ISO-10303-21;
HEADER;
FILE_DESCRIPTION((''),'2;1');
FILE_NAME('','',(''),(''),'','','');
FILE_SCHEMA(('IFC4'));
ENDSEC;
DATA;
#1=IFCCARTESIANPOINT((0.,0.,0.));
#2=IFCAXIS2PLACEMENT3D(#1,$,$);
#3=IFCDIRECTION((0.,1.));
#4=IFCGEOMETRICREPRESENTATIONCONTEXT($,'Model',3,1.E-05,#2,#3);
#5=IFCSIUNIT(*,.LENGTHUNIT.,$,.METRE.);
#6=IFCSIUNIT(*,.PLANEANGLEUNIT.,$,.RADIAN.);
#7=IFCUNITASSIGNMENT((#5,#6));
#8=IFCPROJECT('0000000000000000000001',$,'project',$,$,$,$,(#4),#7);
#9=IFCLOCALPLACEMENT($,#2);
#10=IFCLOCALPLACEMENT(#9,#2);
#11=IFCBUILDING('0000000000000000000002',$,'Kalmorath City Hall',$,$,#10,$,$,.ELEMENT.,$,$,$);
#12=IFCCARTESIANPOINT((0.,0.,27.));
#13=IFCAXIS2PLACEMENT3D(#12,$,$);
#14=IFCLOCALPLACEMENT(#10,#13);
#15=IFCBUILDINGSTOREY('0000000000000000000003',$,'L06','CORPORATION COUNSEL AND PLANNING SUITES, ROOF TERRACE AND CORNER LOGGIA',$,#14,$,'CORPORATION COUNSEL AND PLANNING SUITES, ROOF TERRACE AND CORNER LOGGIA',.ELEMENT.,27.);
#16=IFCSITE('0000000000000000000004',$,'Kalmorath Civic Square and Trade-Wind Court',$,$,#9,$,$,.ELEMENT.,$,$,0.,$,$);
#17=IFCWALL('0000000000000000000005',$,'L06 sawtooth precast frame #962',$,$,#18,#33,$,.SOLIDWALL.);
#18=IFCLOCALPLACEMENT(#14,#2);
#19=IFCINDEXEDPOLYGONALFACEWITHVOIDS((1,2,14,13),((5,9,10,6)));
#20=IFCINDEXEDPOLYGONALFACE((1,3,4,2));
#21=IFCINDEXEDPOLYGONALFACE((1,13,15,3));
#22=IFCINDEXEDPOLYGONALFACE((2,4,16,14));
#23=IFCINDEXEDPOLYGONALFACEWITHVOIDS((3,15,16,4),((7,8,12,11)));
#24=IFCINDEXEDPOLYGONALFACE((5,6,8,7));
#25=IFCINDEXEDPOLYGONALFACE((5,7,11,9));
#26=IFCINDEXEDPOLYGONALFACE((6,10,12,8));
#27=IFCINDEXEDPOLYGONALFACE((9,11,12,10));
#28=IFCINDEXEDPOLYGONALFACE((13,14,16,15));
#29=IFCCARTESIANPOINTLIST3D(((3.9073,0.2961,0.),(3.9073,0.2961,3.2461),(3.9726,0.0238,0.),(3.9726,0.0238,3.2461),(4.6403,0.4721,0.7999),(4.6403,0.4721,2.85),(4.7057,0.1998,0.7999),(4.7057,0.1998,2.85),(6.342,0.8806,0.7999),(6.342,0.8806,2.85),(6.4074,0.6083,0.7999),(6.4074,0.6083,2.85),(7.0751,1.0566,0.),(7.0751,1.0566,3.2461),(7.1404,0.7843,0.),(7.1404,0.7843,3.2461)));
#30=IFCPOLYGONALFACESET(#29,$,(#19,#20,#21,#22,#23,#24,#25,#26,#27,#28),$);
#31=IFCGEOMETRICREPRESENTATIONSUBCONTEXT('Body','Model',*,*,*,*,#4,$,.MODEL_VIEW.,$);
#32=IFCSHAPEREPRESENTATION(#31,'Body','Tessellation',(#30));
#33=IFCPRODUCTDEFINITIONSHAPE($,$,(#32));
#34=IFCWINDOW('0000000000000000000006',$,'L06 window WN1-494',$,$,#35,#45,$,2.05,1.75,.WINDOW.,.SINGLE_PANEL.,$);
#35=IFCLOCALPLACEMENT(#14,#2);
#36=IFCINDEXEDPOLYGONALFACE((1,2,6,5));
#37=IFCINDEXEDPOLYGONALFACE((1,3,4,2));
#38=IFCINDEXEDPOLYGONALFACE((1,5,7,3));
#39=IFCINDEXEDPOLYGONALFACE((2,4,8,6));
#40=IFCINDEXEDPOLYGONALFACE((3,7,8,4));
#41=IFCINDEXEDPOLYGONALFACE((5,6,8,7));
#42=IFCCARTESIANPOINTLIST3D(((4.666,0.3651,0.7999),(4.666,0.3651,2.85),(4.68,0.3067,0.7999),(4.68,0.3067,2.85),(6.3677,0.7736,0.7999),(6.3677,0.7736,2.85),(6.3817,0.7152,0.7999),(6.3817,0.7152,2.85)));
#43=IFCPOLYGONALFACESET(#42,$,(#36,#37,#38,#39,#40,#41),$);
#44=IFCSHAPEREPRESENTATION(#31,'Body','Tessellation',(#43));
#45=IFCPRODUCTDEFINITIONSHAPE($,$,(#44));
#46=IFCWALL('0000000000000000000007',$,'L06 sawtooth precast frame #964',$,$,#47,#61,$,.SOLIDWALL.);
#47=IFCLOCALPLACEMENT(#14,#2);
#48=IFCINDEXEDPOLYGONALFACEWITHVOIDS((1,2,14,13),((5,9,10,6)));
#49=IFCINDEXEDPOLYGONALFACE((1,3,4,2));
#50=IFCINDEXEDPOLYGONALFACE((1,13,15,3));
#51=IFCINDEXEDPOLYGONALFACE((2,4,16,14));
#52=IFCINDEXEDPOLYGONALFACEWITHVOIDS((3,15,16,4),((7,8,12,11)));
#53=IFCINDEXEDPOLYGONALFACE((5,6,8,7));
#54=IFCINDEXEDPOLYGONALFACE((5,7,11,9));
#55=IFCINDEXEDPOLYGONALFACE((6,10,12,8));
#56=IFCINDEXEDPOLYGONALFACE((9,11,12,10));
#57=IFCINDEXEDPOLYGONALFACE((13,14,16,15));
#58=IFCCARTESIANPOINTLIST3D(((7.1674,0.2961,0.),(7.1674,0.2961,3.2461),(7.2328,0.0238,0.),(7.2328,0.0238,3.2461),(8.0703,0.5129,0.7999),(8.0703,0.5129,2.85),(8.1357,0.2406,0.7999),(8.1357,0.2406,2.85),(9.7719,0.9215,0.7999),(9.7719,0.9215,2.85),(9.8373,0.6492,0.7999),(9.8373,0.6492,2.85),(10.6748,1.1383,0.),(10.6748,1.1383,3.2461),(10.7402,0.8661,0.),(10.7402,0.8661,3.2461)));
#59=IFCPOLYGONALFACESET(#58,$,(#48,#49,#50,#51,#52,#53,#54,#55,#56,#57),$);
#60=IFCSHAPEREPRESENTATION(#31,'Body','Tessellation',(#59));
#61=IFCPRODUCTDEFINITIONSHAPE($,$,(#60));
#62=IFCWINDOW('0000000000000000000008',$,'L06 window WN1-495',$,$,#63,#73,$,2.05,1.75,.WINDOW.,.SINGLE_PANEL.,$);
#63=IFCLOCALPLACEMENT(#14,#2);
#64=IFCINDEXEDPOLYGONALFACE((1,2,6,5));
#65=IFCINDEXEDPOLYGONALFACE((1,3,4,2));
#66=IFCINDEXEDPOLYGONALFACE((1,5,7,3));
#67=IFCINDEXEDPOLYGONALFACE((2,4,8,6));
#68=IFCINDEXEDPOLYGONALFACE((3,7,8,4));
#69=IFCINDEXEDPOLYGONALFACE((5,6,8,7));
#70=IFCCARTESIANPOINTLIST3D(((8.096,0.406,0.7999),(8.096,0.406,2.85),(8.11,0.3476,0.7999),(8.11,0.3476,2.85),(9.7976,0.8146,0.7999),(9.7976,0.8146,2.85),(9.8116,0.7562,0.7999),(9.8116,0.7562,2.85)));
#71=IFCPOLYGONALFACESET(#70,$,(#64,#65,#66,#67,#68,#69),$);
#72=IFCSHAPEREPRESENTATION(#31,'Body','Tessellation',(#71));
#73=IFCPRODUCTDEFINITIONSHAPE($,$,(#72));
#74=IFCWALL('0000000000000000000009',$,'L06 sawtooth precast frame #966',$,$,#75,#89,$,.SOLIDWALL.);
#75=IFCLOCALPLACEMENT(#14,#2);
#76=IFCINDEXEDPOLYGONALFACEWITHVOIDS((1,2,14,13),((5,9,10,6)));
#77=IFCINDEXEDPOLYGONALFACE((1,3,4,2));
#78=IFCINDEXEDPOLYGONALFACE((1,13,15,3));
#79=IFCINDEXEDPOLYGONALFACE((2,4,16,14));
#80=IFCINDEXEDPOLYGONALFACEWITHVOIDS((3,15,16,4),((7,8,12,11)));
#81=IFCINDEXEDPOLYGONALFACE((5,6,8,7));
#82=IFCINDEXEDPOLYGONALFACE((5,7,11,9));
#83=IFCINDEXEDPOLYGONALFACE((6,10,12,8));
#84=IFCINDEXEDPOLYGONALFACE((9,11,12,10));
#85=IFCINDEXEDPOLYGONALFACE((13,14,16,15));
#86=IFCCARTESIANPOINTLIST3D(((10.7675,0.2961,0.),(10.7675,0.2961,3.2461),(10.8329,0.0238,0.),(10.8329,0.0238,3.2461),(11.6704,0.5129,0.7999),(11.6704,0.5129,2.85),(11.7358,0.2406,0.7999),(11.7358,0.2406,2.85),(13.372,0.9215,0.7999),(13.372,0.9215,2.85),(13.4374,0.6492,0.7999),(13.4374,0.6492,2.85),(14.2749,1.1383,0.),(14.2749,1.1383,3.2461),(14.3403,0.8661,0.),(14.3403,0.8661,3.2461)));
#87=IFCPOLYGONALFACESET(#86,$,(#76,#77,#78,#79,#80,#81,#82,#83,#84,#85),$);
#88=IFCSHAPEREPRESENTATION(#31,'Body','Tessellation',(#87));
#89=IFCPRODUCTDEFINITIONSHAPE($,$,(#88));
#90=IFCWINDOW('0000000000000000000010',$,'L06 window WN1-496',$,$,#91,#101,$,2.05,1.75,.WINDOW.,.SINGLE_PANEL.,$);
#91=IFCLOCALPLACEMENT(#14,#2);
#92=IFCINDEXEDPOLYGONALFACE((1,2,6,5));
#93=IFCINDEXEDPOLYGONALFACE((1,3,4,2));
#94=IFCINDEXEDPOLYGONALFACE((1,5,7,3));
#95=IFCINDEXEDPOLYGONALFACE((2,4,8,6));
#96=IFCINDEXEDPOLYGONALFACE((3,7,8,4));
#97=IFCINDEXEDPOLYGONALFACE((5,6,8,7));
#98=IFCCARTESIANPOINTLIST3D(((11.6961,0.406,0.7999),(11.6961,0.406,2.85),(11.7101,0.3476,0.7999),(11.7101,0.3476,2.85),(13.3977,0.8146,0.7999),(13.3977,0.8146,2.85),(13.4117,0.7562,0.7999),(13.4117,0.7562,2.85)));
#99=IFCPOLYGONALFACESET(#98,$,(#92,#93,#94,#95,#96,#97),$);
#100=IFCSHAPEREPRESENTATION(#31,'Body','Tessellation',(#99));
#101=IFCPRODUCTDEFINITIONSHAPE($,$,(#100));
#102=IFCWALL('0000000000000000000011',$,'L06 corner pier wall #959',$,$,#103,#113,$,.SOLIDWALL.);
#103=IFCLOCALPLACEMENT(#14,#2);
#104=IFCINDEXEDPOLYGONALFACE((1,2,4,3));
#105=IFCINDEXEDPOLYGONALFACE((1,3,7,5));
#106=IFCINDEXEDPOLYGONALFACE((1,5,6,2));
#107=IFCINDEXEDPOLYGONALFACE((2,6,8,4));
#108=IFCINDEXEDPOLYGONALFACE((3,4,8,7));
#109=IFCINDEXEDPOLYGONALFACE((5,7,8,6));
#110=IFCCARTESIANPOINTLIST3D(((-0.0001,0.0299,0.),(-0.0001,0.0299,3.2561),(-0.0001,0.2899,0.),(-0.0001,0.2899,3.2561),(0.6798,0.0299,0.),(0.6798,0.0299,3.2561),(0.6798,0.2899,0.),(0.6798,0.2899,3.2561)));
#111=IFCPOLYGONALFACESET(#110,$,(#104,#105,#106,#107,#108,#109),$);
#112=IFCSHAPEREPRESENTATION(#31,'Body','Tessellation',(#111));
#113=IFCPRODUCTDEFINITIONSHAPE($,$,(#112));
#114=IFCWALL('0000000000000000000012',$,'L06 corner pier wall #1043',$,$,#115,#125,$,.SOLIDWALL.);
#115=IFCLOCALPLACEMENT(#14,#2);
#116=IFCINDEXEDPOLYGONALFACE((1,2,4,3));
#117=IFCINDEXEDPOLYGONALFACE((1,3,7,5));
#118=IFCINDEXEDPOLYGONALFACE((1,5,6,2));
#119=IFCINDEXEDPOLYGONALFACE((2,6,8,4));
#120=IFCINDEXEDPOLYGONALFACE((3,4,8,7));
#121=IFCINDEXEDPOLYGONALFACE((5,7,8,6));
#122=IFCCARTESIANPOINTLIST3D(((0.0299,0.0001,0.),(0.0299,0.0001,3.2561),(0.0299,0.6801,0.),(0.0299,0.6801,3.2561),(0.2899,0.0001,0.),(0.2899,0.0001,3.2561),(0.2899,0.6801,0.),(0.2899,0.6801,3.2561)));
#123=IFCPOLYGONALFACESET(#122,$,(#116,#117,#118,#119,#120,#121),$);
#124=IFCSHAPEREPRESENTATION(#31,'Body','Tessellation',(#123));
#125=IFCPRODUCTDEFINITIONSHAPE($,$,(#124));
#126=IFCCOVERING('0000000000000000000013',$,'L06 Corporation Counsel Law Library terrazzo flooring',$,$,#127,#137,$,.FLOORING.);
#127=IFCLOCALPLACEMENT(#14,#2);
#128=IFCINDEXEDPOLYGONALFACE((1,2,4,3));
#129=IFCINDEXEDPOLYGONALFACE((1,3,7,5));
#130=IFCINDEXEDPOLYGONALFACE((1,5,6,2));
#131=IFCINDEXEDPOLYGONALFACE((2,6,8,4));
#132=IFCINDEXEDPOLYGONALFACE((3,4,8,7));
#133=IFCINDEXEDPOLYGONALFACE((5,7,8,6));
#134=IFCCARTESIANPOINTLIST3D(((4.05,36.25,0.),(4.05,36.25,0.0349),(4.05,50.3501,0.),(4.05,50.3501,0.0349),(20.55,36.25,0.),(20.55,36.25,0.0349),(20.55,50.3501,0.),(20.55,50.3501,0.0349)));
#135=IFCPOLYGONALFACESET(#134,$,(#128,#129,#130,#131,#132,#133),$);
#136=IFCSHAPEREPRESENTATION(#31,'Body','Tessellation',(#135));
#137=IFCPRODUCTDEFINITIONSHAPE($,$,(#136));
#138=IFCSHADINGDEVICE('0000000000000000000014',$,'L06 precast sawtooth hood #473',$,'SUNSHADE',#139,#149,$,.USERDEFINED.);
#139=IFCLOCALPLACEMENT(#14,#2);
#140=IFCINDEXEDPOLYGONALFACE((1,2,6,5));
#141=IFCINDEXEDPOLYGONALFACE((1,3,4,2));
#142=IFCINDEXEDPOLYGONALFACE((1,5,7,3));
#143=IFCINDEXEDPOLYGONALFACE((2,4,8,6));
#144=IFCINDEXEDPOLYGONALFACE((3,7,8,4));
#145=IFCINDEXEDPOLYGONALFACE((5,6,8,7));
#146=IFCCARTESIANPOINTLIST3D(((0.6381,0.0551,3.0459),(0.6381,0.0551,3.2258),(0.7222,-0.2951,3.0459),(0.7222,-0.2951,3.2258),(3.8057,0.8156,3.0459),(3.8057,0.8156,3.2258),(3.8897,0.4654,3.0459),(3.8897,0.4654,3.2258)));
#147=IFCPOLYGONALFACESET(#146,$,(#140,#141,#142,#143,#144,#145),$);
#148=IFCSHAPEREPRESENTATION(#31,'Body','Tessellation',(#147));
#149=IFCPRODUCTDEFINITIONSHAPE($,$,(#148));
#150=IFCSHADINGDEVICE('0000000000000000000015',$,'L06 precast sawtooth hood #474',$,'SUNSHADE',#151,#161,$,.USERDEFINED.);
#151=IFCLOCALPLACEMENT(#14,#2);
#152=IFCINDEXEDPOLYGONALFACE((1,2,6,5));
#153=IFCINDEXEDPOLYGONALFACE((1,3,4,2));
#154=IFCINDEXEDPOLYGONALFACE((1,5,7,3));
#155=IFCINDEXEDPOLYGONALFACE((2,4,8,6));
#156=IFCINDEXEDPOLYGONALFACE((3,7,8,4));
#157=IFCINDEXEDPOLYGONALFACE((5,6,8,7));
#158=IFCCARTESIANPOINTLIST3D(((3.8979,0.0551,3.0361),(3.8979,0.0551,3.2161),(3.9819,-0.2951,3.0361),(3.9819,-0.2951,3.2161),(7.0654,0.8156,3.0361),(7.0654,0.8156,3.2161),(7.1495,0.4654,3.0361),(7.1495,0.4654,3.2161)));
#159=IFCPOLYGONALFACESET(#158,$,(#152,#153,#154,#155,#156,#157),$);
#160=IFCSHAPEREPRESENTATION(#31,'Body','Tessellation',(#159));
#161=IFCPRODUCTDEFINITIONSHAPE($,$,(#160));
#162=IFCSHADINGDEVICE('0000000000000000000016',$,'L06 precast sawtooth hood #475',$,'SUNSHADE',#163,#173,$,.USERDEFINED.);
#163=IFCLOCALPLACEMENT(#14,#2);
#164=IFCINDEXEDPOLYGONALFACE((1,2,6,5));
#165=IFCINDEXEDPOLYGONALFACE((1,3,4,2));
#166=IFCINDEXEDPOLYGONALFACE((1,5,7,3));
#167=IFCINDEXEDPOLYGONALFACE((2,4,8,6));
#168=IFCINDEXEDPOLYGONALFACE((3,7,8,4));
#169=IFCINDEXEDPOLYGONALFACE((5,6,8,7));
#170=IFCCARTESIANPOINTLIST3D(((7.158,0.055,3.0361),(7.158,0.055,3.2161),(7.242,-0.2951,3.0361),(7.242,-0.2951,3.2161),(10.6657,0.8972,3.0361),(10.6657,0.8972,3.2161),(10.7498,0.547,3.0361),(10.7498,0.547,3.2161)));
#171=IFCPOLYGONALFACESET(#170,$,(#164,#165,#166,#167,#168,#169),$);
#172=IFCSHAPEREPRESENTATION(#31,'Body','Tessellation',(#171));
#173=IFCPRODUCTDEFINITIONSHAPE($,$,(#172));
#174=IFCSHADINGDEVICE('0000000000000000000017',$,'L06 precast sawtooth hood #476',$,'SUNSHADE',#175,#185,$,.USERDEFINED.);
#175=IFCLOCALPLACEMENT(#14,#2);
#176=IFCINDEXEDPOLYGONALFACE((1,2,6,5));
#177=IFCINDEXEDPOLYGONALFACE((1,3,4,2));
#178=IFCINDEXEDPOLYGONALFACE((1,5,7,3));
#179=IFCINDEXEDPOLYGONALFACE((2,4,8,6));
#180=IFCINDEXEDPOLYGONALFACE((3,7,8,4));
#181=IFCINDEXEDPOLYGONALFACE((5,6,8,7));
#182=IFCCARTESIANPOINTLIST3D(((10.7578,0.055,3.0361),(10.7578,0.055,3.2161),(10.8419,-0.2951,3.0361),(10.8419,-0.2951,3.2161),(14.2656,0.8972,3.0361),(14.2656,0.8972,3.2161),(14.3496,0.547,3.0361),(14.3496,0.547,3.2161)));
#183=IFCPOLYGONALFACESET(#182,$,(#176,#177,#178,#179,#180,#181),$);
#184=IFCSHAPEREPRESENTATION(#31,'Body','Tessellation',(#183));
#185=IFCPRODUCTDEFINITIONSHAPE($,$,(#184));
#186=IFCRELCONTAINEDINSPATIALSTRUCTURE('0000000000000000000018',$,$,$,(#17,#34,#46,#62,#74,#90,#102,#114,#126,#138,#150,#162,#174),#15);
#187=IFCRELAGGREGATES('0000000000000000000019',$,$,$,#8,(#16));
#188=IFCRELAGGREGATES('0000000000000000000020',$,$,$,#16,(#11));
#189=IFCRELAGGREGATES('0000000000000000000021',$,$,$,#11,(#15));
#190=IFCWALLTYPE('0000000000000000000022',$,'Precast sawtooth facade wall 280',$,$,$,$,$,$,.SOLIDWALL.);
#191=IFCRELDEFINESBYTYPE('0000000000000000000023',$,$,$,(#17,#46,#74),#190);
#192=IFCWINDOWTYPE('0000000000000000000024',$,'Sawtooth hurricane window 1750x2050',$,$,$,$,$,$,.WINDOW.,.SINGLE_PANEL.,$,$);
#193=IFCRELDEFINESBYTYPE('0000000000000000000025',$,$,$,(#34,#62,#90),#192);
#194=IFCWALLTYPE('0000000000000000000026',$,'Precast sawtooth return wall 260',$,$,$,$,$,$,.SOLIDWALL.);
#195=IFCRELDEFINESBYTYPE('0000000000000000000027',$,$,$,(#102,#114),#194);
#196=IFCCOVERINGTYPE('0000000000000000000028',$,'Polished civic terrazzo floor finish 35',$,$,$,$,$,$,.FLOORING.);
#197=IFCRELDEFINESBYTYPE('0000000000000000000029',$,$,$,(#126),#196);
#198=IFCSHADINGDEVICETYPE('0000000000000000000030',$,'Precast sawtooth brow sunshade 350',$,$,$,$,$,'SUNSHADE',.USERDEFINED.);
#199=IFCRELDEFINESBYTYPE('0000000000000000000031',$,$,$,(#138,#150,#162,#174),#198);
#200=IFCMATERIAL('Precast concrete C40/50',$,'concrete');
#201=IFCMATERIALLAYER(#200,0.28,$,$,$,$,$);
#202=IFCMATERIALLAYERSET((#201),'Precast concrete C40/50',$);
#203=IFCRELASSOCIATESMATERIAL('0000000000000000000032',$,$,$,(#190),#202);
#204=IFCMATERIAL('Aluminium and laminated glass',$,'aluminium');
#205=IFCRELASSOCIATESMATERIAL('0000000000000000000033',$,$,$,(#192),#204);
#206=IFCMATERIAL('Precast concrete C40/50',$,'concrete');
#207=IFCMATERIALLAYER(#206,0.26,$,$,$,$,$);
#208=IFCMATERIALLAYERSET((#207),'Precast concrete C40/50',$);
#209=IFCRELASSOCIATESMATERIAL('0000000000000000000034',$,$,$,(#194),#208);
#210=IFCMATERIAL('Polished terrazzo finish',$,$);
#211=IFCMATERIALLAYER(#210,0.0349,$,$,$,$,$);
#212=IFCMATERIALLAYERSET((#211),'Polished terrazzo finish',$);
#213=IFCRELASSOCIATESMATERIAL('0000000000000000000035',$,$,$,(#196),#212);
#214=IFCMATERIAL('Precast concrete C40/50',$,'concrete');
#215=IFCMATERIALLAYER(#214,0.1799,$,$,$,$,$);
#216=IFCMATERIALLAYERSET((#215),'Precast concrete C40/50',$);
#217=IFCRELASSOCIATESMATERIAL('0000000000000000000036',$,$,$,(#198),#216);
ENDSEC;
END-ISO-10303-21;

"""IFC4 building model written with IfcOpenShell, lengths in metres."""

from ifc_helpers import new_model, si_unit, direction, frame, frame_2d, origin, origin_2d, place, context, subcontext, project, spatial, polyline, rectangle, outline, extrude, material, layer, layer_set, type_object, element, fill, save


model = new_model("IFC4")

# Units and contexts
model_context = context("Model", 3, precision=1e-05, world=origin(), true_north=direction((0.0, 1.0)))
body_context = subcontext(model_context, "Body", "Model", "MODEL_VIEW")
ifc_project = project(units=[si_unit("LENGTHUNIT", "METRE"), si_unit("PLANEANGLEUNIT", "RADIAN")], contexts=[model_context])

# Site, building, storey
site_placement = place(None, origin())
site = spatial("IfcSite", under=ifc_project, at=site_placement, Name="Kalmorath Civic Square and Trade-Wind Court", CompositionType="ELEMENT", RefElevation=0.0)
building_placement = place(site_placement, origin())
building = spatial("IfcBuilding", under=site, at=building_placement, Name="Kalmorath City Hall", CompositionType="ELEMENT")
storey_placement = place(building_placement, frame((0.0, 0.0, 27.0)))
storey = spatial("IfcBuildingStorey", under=building, at=storey_placement, Name="L06", Description="CORPORATION COUNSEL AND PLANNING SUITES, ROOF TERRACE AND CORNER LOGGIA", LongName="CORPORATION COUNSEL AND PLANNING SUITES, ROOF TERRACE AND CORNER LOGGIA", CompositionType="ELEMENT", Elevation=27.0)

# Walls, openings, windows
ifc_material_1 = material(Name="Precast concrete C40/50", Category="concrete")
ifc_layer_1 = layer(ifc_material_1, 0.28)
ifc_layer_set_1 = layer_set([ifc_layer_1], Name="Precast concrete C40/50")
wall_type_1 = type_object("IfcWallType", Name="Precast sawtooth facade wall 280", PredefinedType="SOLIDWALL", material=ifc_layer_set_1)
ifc_material_2 = material(Name="Aluminium and laminated glass", Category="aluminium")
window_type = type_object("IfcWindowType", Name="Sawtooth hurricane window 1750x2050", PartitioningType="SINGLE_PANEL", PredefinedType="WINDOW", material=ifc_material_2)
wall_1_placement = place(storey_placement, frame((3.9399, 0.1599, 0.0), z_axis=(0.0, 0.0, 1.0), x_axis=(0.97237, 0.233444, 0.0)))
wall_1 = element("IfcWall", 1, at=wall_1_placement, inside=storey, type_object=wall_type_1, Name="L06 sawtooth precast frame #962", PredefinedType="SOLIDWALL", context=body_context, shape_type="SweptSolid", body=[
    extrude(rectangle(XDim=3.2578, YDim=0.28, at=frame_2d((1.6289, 0.0))), origin(), (0.0, 0.0, 1.0), 3.2461),
])
opening_1_placement = place(wall_1_placement, frame((0.7539, 0.0, 0.8)))
opening_1 = element("IfcOpeningElement", 2, at=opening_1_placement, cuts=wall_1, PredefinedType="OPENING", context=body_context, shape_type="SweptSolid", body=[
    extrude(rectangle(XDim=1.75, YDim=2.05, at=frame_2d((0.875, 1.0249))), frame((0.0, 0.1499, 0.0), z_axis=(0.0, -1.0, 0.0), x_axis=(1.0, 0.0, 0.0)), (0.0, 0.0, 1.0), 0.3),
])
window_1_placement = place(opening_1_placement, origin())
window_1 = element("IfcWindow", 3, at=window_1_placement, inside=storey, type_object=window_type, Name="L06 window WN1-494", OverallHeight=2.05, OverallWidth=1.75, PartitioningType="SINGLE_PANEL", PredefinedType="WINDOW", context=body_context, shape_type="SweptSolid", body=[
    extrude(rectangle(XDim=1.75, YDim=2.05, at=frame_2d((0.875, 1.0249))), frame((0.0, 0.03, 0.0), z_axis=(0.0, -1.0, 0.0), x_axis=(1.0, 0.0, 0.0)), (0.0, 0.0, 1.0), 0.0601),
])
fill(opening_1, window_1)
wall_2_placement = place(storey_placement, frame((7.2, 0.1599, 0.0), z_axis=(0.0, 0.0, 1.0), x_axis=(0.972358, 0.233496, 0.0)))
wall_2 = element("IfcWall", 4, at=wall_2_placement, inside=storey, type_object=wall_type_1, Name="L06 sawtooth precast frame #964", PredefinedType="SOLIDWALL", context=body_context, shape_type="SweptSolid", body=[
    extrude(rectangle(XDim=3.6072, YDim=0.28, at=frame_2d((1.8037, 0.0))), origin(), (0.0, 0.0, 1.0), 3.2461),
])
opening_2_placement = place(wall_2_placement, frame((0.9287, 0.0, 0.8)))
opening_2 = element("IfcOpeningElement", 5, at=opening_2_placement, cuts=wall_2, PredefinedType="OPENING", context=body_context, shape_type="SweptSolid", body=[
    extrude(rectangle(XDim=1.75, YDim=2.05, at=frame_2d((0.875, 1.0249))), frame((0.0, 0.1499, 0.0), z_axis=(0.0, -1.0, 0.0), x_axis=(1.0, 0.0, 0.0)), (0.0, 0.0, 1.0), 0.3),
])
window_2_placement = place(opening_2_placement, origin())
window_2 = element("IfcWindow", 6, at=window_2_placement, inside=storey, type_object=window_type, Name="L06 window WN1-495", OverallHeight=2.05, OverallWidth=1.75, PartitioningType="SINGLE_PANEL", PredefinedType="WINDOW", context=body_context, shape_type="SweptSolid", body=[
    extrude(rectangle(XDim=1.75, YDim=2.05, at=frame_2d((0.875, 1.0249))), frame((0.0, 0.03, 0.0), z_axis=(0.0, -1.0, 0.0), x_axis=(1.0, 0.0, 0.0)), (0.0, 0.0, 1.0), 0.0601),
])
fill(opening_2, window_2)
wall_3_placement = place(storey_placement, frame((10.8, 0.1599, 0.0), z_axis=(0.0, 0.0, 1.0), x_axis=(0.972358, 0.233496, 0.0)))
wall_3 = element("IfcWall", 7, at=wall_3_placement, inside=storey, type_object=wall_type_1, Name="L06 sawtooth precast frame #966", PredefinedType="SOLIDWALL", context=body_context, shape_type="SweptSolid", body=[
    extrude(rectangle(XDim=3.6072, YDim=0.28, at=frame_2d((1.8037, 0.0))), origin(), (0.0, 0.0, 1.0), 3.2461),
])
opening_3_placement = place(wall_3_placement, frame((0.9287, 0.0, 0.8)))
opening_3 = element("IfcOpeningElement", 8, at=opening_3_placement, cuts=wall_3, PredefinedType="OPENING", context=body_context, shape_type="SweptSolid", body=[
    extrude(rectangle(XDim=1.75, YDim=2.05, at=frame_2d((0.875, 1.0249))), frame((0.0, 0.1499, 0.0), z_axis=(0.0, -1.0, 0.0), x_axis=(1.0, 0.0, 0.0)), (0.0, 0.0, 1.0), 0.3),
])
window_3_placement = place(opening_3_placement, origin())
window_3 = element("IfcWindow", 9, at=window_3_placement, inside=storey, type_object=window_type, Name="L06 window WN1-496", OverallHeight=2.05, OverallWidth=1.75, PartitioningType="SINGLE_PANEL", PredefinedType="WINDOW", context=body_context, shape_type="SweptSolid", body=[
    extrude(rectangle(XDim=1.75, YDim=2.05, at=frame_2d((0.875, 1.0249))), frame((0.0, 0.03, 0.0), z_axis=(0.0, -1.0, 0.0), x_axis=(1.0, 0.0, 0.0)), (0.0, 0.0, 1.0), 0.0601),
])
fill(opening_3, window_3)

# Walls
ifc_material_3 = material(Name="Precast concrete C40/50", Category="concrete")
ifc_layer_2 = layer(ifc_material_3, 0.26)
ifc_layer_set_2 = layer_set([ifc_layer_2], Name="Precast concrete C40/50")
wall_type_2 = type_object("IfcWallType", Name="Precast sawtooth return wall 260", PredefinedType="SOLIDWALL", material=ifc_layer_set_2)
for number, where, z_axis, x_axis, name in (
    (10, (0.0, 0.1599, 0.0), (0.0, 0.0, 1.0), (1.0, 0.0, 0.0), "L06 corner pier wall #959"),
    (11, (0.1599, 0.6799, 0.0), (0.0, 0.0, 1.0), (0.0, -1.0, 0.0), "L06 corner pier wall #1043"),
):
    element("IfcWall", number, at=place(storey_placement, frame(where, z_axis=z_axis, x_axis=x_axis)), inside=storey, type_object=wall_type_2, Name=name, PredefinedType="SOLIDWALL", context=body_context, shape_type="SweptSolid", body=[
        extrude(rectangle(XDim=0.6799, YDim=0.26, at=frame_2d((0.3398, 0.0))), origin(), (0.0, 0.0, 1.0), 3.2561),
    ])

# Covering
ifc_material_4 = material(Name="Polished terrazzo finish")
ifc_layer_3 = layer(ifc_material_4, 0.0349)
ifc_layer_set_3 = layer_set([ifc_layer_3], Name="Polished terrazzo finish")
covering_type = type_object("IfcCoveringType", Name="Polished civic terrazzo floor finish 35", PredefinedType="FLOORING", material=ifc_layer_set_3)
covering_placement = place(storey_placement, origin())
element("IfcCovering", 12, at=covering_placement, inside=storey, type_object=covering_type, Name="L06 Corporation Counsel Law Library terrazzo flooring", PredefinedType="FLOORING", context=body_context, shape_type="SweptSolid", body=[
    extrude(outline(polyline([(20.55, 50.3501), (20.55, 36.25), (4.05, 36.25), (4.05, 50.3501), (20.55, 50.3501)])), origin(), (0.0, 0.0, 1.0), 0.0349),
])

# Shading devices
ifc_material_5 = material(Name="Precast concrete C40/50", Category="concrete")
ifc_layer_4 = layer(ifc_material_5, 0.1799)
ifc_layer_set_4 = layer_set([ifc_layer_4], Name="Precast concrete C40/50")
shading_device_type = type_object("IfcShadingDeviceType", Name="Precast sawtooth brow sunshade 350", ElementType="SUNSHADE", PredefinedType="USERDEFINED", material=ifc_layer_set_4)
for number, where, z_axis, x_axis, name in (
    (13, (2.2639, 0.2603, 3.0459), (0.0, 0.0, 1.0), (0.972366, 0.233462, 0.0), "L06 precast sawtooth hood #473"),
    (14, (5.5237, 0.2603, 3.0361), (0.0, 0.0, 1.0), (0.972366, 0.233462, 0.0), "L06 precast sawtooth hood #474"),
):
    element("IfcShadingDevice", number, at=place(storey_placement, frame(where, z_axis=z_axis, x_axis=x_axis)), inside=storey, type_object=shading_device_type, Name=name, ObjectType="SUNSHADE", PredefinedType="USERDEFINED", context=body_context, shape_type="SweptSolid", body=[
        extrude(rectangle(XDim=3.2576, YDim=0.3601, at=origin_2d()), origin(), (0.0, 0.0, 1.0), 0.1799),
    ])
for number, where, z_axis, x_axis, name in (
    (15, (8.9539, 0.301, 3.0361), (0.0, 0.0, 1.0), (0.97237, 0.233445, 0.0), "L06 precast sawtooth hood #475"),
    (16, (12.5537, 0.301, 3.0361), (0.0, 0.0, 1.0), (0.97237, 0.233445, 0.0), "L06 precast sawtooth hood #476"),
):
    element("IfcShadingDevice", number, at=place(storey_placement, frame(where, z_axis=z_axis, x_axis=x_axis)), inside=storey, type_object=shading_device_type, Name=name, ObjectType="SUNSHADE", PredefinedType="USERDEFINED", context=body_context, shape_type="SweptSolid", body=[
        extrude(rectangle(XDim=3.6074, YDim=0.3601, at=origin_2d()), origin(), (0.0, 0.0, 1.0), 0.1799),
    ])

save(model, "model.ifc")
